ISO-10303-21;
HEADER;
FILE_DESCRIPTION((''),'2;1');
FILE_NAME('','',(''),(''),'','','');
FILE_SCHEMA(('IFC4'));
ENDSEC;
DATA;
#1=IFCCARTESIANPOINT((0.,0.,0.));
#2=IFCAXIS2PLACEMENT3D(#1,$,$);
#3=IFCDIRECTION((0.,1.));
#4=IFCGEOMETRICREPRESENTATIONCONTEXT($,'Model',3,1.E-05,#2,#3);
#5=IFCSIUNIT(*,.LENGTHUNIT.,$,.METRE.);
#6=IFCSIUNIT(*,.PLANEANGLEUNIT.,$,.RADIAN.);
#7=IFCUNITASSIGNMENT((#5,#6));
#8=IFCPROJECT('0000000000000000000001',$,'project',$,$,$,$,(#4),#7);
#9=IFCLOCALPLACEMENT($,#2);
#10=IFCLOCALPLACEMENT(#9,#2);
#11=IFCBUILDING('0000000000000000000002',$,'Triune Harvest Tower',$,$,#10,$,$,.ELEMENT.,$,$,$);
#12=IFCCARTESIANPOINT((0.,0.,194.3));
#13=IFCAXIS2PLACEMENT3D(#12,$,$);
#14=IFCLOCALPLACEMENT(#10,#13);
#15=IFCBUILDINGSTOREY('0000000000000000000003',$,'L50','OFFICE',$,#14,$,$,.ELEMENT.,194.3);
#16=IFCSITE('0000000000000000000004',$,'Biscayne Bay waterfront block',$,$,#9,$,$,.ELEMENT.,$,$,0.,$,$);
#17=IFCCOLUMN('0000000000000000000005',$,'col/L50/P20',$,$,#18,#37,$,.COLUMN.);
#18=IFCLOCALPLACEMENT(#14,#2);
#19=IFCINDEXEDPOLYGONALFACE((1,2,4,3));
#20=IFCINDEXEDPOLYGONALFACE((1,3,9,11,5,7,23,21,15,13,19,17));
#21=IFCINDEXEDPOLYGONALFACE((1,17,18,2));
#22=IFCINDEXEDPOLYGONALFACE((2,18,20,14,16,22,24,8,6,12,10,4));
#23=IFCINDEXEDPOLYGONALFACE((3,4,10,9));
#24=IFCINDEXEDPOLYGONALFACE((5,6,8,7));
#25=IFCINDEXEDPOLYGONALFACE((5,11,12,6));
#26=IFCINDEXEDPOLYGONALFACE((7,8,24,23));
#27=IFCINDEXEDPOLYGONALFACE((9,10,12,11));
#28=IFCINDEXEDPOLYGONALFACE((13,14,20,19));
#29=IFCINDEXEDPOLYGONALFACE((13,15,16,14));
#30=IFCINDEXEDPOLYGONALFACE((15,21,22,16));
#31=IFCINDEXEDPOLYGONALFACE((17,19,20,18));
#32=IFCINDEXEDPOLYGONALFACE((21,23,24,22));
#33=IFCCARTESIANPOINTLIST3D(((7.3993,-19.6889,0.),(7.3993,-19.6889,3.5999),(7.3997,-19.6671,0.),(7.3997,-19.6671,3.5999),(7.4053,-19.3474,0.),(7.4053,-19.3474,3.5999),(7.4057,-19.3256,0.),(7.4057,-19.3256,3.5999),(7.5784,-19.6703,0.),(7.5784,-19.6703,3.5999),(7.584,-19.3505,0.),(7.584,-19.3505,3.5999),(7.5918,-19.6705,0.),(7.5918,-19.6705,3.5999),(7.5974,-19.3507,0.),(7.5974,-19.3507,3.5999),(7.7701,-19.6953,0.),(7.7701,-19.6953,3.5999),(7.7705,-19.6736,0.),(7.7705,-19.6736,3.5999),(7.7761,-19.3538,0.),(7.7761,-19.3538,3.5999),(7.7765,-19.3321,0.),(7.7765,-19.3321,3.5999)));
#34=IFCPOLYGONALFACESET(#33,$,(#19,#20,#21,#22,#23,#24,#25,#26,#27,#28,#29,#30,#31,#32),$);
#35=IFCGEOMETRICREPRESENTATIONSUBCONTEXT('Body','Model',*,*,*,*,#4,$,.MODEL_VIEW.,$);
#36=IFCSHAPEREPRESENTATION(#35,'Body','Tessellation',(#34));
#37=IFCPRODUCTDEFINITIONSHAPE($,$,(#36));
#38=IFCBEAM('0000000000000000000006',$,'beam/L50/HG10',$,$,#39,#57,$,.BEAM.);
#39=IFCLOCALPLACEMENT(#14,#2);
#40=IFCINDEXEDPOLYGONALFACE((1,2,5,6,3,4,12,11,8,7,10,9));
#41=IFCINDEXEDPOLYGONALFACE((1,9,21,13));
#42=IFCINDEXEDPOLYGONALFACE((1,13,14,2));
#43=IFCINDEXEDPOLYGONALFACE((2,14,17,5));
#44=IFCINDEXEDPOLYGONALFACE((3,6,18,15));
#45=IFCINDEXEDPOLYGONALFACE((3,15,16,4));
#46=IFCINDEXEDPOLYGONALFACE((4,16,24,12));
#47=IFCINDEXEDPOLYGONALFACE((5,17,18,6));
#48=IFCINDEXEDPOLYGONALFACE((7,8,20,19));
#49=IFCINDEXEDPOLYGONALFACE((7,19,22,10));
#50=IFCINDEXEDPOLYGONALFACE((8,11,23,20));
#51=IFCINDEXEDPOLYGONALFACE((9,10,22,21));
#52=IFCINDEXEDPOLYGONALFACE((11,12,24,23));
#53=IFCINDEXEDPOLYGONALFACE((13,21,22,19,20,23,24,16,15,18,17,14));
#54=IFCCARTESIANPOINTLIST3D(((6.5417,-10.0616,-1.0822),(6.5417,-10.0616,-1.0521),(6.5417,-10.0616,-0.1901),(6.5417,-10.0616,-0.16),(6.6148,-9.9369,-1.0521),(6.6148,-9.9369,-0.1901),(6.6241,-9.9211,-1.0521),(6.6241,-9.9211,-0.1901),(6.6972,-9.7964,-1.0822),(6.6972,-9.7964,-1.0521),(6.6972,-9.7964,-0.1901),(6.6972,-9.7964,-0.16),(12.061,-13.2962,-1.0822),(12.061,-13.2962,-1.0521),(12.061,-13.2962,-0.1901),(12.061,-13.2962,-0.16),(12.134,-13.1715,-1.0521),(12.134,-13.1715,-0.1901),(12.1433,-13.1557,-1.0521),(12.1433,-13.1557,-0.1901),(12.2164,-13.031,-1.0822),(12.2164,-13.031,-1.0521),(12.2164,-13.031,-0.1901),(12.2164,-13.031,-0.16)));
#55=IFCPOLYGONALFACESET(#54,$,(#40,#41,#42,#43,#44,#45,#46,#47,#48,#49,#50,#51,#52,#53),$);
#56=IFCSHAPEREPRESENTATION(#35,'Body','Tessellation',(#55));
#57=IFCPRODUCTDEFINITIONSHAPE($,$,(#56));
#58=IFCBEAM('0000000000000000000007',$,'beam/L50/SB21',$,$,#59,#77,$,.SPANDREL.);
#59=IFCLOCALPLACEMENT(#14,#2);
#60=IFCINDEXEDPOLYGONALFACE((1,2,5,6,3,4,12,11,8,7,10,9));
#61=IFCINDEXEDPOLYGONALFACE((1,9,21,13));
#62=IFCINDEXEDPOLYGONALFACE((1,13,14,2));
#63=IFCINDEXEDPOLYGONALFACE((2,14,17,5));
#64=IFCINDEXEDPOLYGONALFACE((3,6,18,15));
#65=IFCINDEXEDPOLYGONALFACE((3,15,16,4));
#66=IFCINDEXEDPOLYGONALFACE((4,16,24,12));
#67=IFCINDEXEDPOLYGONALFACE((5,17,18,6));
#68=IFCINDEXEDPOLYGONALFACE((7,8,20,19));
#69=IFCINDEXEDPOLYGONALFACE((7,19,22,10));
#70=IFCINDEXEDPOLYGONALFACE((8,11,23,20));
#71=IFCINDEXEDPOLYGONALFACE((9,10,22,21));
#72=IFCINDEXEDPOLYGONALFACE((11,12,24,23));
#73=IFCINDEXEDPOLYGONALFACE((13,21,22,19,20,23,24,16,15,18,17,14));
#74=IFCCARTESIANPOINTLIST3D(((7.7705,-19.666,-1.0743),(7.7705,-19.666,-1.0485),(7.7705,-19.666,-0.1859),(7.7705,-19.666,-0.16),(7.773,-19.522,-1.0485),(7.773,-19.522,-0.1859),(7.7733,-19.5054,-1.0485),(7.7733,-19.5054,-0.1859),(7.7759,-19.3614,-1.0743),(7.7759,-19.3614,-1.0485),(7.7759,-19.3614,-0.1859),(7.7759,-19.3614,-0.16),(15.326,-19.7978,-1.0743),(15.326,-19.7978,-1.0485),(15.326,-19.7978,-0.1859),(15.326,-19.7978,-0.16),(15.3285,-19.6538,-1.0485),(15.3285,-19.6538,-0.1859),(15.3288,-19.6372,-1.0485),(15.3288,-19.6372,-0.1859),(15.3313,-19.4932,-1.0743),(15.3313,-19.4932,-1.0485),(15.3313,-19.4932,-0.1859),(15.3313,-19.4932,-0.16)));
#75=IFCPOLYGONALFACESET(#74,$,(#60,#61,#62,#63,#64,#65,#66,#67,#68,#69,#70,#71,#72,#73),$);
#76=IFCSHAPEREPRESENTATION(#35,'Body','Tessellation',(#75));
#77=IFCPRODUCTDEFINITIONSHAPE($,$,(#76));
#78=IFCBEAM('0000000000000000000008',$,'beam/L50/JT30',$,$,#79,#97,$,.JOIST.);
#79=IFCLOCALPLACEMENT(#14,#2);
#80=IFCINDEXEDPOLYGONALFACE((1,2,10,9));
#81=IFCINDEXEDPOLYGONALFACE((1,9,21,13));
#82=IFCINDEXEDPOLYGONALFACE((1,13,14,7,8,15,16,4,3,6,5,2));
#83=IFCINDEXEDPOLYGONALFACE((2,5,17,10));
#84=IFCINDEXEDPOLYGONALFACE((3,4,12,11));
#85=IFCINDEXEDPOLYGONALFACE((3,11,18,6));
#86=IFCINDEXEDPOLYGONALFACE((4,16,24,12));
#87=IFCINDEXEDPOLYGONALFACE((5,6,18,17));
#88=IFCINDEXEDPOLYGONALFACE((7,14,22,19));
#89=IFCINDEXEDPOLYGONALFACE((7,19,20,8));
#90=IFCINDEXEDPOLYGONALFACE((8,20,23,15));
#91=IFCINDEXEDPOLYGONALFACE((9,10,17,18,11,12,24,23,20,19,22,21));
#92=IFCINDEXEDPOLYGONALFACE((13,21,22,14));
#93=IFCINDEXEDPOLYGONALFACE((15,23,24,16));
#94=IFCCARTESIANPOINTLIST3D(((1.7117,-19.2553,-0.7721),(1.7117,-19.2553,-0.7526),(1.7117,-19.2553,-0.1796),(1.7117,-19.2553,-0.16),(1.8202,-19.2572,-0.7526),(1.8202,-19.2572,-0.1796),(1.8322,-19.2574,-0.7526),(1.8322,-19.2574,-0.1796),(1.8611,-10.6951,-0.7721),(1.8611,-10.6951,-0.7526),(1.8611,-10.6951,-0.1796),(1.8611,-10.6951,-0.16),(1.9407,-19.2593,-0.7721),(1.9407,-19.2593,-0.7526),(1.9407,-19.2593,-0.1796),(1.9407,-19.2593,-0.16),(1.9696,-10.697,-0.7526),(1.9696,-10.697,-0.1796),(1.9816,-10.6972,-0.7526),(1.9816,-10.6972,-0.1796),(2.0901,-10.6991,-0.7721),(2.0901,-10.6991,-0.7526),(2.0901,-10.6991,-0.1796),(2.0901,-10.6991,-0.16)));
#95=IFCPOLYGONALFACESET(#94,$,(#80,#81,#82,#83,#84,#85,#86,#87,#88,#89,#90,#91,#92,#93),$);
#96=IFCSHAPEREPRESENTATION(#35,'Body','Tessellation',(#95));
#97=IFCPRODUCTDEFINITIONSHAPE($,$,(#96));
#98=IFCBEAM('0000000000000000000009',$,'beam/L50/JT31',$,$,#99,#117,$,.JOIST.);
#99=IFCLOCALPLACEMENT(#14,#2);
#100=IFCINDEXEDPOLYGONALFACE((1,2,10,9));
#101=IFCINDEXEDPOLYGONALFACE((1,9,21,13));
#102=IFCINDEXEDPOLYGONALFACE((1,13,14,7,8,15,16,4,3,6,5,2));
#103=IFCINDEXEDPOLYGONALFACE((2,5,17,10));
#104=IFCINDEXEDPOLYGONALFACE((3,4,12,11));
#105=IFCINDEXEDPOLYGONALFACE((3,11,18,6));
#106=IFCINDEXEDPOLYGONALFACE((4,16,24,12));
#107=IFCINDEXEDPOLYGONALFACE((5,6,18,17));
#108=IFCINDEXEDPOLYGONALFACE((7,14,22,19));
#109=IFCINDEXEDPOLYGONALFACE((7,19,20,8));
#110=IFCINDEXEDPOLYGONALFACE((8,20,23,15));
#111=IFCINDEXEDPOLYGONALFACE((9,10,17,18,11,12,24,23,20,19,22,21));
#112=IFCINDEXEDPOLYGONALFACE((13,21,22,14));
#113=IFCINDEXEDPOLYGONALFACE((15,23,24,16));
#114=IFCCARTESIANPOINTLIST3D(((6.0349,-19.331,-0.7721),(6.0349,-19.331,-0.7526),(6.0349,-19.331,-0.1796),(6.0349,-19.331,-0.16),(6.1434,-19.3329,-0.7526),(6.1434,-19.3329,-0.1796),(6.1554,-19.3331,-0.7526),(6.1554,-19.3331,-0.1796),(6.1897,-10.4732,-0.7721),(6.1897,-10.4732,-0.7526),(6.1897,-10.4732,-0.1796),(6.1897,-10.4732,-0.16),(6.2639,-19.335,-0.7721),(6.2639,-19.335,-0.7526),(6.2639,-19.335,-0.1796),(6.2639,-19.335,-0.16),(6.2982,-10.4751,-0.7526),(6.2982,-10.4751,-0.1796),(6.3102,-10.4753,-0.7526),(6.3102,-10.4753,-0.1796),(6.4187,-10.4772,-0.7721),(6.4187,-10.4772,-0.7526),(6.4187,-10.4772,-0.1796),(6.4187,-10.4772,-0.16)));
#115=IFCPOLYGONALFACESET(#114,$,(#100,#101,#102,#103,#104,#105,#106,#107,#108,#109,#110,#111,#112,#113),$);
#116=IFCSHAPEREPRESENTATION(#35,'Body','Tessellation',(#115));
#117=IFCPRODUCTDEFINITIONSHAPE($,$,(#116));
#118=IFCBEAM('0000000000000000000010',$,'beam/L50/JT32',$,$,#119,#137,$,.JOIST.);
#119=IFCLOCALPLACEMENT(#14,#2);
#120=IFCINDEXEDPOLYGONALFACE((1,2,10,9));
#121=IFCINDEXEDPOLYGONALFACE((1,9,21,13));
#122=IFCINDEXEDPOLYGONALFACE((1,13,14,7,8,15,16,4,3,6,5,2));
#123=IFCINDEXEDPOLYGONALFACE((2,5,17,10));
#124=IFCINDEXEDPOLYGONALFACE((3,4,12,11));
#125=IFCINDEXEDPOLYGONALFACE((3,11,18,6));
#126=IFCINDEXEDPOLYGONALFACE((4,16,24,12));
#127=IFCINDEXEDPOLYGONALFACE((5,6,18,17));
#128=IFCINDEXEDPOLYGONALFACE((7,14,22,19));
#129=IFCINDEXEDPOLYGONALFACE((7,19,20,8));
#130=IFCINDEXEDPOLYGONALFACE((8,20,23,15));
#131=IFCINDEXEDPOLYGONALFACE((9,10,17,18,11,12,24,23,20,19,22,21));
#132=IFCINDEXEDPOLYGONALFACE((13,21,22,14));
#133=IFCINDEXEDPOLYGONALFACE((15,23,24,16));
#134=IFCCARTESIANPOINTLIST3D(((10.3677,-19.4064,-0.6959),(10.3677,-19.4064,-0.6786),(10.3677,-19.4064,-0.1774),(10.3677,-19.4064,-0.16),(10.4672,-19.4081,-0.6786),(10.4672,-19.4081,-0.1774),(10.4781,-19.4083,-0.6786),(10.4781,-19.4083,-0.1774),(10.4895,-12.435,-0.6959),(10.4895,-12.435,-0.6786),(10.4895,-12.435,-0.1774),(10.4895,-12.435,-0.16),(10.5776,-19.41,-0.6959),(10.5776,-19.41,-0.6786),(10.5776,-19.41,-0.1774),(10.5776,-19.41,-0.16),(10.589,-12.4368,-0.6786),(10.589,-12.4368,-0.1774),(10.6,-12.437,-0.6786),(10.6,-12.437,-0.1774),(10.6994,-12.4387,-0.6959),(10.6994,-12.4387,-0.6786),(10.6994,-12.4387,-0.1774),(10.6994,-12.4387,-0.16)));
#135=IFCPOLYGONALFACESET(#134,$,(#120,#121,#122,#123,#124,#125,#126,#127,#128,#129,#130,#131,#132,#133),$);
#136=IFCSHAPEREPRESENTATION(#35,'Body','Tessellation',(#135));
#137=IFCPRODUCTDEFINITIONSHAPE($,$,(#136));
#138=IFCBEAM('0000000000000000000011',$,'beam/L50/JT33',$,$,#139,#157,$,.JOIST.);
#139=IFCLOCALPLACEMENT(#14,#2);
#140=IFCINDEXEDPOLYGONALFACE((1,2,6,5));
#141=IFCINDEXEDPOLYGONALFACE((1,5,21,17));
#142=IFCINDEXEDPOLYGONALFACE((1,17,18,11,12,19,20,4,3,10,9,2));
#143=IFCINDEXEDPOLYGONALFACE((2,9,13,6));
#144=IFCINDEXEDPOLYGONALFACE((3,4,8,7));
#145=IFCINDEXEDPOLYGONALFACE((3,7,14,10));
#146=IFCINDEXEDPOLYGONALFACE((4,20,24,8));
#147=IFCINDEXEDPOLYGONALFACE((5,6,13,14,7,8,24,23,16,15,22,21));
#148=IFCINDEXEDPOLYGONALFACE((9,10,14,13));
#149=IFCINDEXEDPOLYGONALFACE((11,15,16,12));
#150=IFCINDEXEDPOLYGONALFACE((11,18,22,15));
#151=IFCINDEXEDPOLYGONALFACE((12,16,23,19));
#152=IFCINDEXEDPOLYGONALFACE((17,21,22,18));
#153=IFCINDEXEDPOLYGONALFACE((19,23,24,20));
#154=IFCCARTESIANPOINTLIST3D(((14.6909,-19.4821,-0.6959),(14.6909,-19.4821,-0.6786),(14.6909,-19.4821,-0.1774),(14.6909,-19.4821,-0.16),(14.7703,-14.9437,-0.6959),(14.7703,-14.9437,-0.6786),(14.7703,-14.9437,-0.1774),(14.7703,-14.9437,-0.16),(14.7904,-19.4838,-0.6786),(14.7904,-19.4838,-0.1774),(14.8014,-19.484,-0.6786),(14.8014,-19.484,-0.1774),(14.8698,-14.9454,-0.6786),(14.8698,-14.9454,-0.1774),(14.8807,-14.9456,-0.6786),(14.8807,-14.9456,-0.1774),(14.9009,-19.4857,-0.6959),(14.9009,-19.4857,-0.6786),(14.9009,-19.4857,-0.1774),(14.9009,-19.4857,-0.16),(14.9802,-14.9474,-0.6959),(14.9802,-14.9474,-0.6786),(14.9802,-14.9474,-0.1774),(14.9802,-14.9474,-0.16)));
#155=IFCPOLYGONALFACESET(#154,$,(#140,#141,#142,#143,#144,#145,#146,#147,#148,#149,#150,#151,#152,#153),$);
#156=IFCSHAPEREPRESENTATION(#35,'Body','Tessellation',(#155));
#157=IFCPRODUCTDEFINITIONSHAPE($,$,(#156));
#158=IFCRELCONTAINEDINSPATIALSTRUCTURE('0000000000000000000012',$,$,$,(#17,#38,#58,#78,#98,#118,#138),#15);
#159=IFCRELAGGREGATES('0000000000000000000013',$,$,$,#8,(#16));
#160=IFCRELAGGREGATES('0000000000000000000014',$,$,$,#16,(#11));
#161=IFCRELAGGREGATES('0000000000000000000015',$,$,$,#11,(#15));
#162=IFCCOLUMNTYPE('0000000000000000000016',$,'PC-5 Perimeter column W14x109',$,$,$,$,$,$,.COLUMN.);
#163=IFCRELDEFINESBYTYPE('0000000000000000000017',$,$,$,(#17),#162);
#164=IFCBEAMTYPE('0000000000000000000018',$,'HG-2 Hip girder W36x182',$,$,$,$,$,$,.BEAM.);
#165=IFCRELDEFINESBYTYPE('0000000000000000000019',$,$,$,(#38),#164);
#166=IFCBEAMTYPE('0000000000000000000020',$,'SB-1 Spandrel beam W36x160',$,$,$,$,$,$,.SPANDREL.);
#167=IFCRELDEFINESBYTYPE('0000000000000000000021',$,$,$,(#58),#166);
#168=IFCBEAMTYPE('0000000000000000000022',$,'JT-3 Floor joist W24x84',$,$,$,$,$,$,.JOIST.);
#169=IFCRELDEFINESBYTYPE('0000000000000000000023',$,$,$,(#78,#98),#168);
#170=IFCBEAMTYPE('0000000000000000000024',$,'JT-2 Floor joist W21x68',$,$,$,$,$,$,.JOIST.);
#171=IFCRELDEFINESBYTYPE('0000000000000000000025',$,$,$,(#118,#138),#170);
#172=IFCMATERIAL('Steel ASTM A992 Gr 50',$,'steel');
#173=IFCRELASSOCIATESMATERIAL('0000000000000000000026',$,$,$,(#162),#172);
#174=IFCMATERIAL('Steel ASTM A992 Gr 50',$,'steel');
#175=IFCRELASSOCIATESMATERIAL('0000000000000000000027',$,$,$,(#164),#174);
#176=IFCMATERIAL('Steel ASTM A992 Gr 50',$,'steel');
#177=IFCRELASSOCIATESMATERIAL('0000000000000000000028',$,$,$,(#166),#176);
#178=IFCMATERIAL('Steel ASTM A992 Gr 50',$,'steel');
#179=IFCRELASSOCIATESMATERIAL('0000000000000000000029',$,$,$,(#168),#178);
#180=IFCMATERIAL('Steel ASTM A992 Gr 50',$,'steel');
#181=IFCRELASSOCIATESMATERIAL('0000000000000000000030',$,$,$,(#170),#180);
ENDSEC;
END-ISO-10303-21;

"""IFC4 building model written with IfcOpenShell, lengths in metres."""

from ifc_helpers import new_model, si_unit, direction, frame, origin, origin_2d, place, context, subcontext, project, spatial, i_section, extrude, source, transform, mapped, material, material_profile, profile_set, type_object, element, save


model = new_model("IFC4")

# Units and contexts
model_context = context("Model", 3, precision=1e-05, world=origin(), true_north=direction((0.0, 1.0)))
body_context = subcontext(model_context, "Body", "Model", "MODEL_VIEW")
ifc_project = project(units=[si_unit("LENGTHUNIT", "METRE"), si_unit("PLANEANGLEUNIT", "RADIAN")], contexts=[model_context])

# Site, building, storey
site_placement = place(None, origin())
site = spatial("IfcSite", under=ifc_project, at=site_placement, Name="Biscayne Bay waterfront block", CompositionType="ELEMENT", RefElevation=0.0)
building_placement = place(site_placement, origin())
building = spatial("IfcBuilding", under=site, at=building_placement, Name="Triune Harvest Tower", CompositionType="ELEMENT")
storey_placement = place(building_placement, frame((0.0, 0.0, 194.3)))
storey = spatial("IfcBuildingStorey", under=building, at=storey_placement, Name="L50", Description="OFFICE", CompositionType="ELEMENT", Elevation=194.3)

# Column
ifc_material_1 = material(Name="Steel ASTM A992 Gr 50", Category="steel")
ifc_material_profile_1 = material_profile(ifc_material_1, i_section(OverallWidth=0.3708, OverallDepth=0.3633, WebThickness=0.0134, FlangeThickness=0.0217, at=origin_2d()), Name="W14x109")
ifc_profile_set_1 = profile_set([ifc_material_profile_1], Name="Steel ASTM A992 Gr 50")
column_type = type_object("IfcColumnType", Name="PC-5 Perimeter column W14x109", PredefinedType="COLUMN", material=ifc_profile_set_1)
shared_shape_1 = source(origin(), body_context, "Body", "SweptSolid", [
    extrude(i_section(OverallWidth=0.3708, OverallDepth=0.3633, WebThickness=0.0134, FlangeThickness=0.0217, at=origin_2d()), origin(), (0.0, 0.0, 1.0), 3.5999),
])
column_placement = place(storey_placement, frame((7.5879, -19.5105, 0.0), z_axis=(0.0, 0.0, 1.0), x_axis=(0.999848, -0.017452, 0.0)))
element("IfcColumn", 1, at=column_placement, inside=storey, type_object=column_type, Name="col/L50/P20", PredefinedType="COLUMN", context=body_context, shape_type="MappedRepresentation", body=[
    mapped(shared_shape_1, transform((0.0, 0.0, 0.0), scale=1.0)),
])

# Beams
ifc_material_2 = material(Name="Steel ASTM A992 Gr 50", Category="steel")
ifc_material_profile_2 = material_profile(ifc_material_2, i_section(OverallWidth=0.3074, OverallDepth=0.9221, WebThickness=0.0183, FlangeThickness=0.03, at=origin_2d()), Name="W36x182")
ifc_profile_set_2 = profile_set([ifc_material_profile_2], Name="Steel ASTM A992 Gr 50")
beam_type_1 = type_object("IfcBeamType", Name="HG-2 Hip girder W36x182", PredefinedType="BEAM", material=ifc_profile_set_2)
shared_shape_2 = source(origin(), body_context, "Body", "SweptSolid", [
    extrude(i_section(OverallWidth=0.3074, OverallDepth=0.9221, WebThickness=0.0183, FlangeThickness=0.03, at=origin_2d()), origin(), (0.0, 0.0, 1.0), 6.3972),
])
beam_1_placement = place(storey_placement, frame((12.1387, -13.1636, -0.6211), z_axis=(-0.862754, 0.505624, 0.0), x_axis=(-0.505624, -0.862754, 0.0)))
element("IfcBeam", 2, at=beam_1_placement, inside=storey, type_object=beam_type_1, Name="beam/L50/HG10", PredefinedType="BEAM", context=body_context, shape_type="MappedRepresentation", body=[
    mapped(shared_shape_2, transform((0.0, 0.0, 0.0), scale=1.0)),
])
ifc_material_3 = material(Name="Steel ASTM A992 Gr 50", Category="steel")
ifc_material_profile_3 = material_profile(ifc_material_3, i_section(OverallWidth=0.3047, OverallDepth=0.9143, WebThickness=0.0166, FlangeThickness=0.0259, at=origin_2d()), Name="W36x160")
ifc_profile_set_3 = profile_set([ifc_material_profile_3], Name="Steel ASTM A992 Gr 50")
beam_type_2 = type_object("IfcBeamType", Name="SB-1 Spandrel beam W36x160", PredefinedType="SPANDREL", material=ifc_profile_set_3)
shared_shape_3 = source(origin(), body_context, "Body", "SweptSolid", [
    extrude(i_section(OverallWidth=0.3047, OverallDepth=0.9143, WebThickness=0.0166, FlangeThickness=0.0259, at=origin_2d()), origin(), (0.0, 0.0, 1.0), 7.5566),
])
beam_2_placement = place(storey_placement, frame((7.7732, -19.5137, -0.6172), z_axis=(0.999848, -0.017447, 0.0), x_axis=(0.017447, 0.999848, 0.0)))
element("IfcBeam", 3, at=beam_2_placement, inside=storey, type_object=beam_type_2, Name="beam/L50/SB21", PredefinedType="SPANDREL", context=body_context, shape_type="MappedRepresentation", body=[
    mapped(shared_shape_3, transform((0.0, 0.0, 0.0), scale=1.0)),
])
ifc_material_4 = material(Name="Steel ASTM A992 Gr 50", Category="steel")
ifc_material_profile_4 = material_profile(ifc_material_4, i_section(OverallWidth=0.229, OverallDepth=0.6121, WebThickness=0.012, FlangeThickness=0.0195, at=origin_2d()), Name="W24x84")
ifc_profile_set_4 = profile_set([ifc_material_profile_4], Name="Steel ASTM A992 Gr 50")
beam_type_3 = type_object("IfcBeamType", Name="JT-3 Floor joist W24x84", PredefinedType="JOIST", material=ifc_profile_set_4)
shared_shape_4 = source(origin(), body_context, "Body", "SweptSolid", [
    extrude(i_section(OverallWidth=0.229, OverallDepth=0.6121, WebThickness=0.012, FlangeThickness=0.0195, at=origin_2d()), origin(), (0.0, 0.0, 1.0), 8.5615),
])
beam_3_placement = place(storey_placement, frame((1.8262, -19.2573, -0.4661), z_axis=(0.017452, 0.999848, 0.0), x_axis=(-0.999848, 0.017452, 0.0)))
element("IfcBeam", 4, at=beam_3_placement, inside=storey, type_object=beam_type_3, Name="beam/L50/JT30", PredefinedType="JOIST", context=body_context, shape_type="MappedRepresentation", body=[
    mapped(shared_shape_4, transform((0.0, 0.0, 0.0), scale=1.0)),
])
shared_shape_5 = source(origin(), body_context, "Body", "SweptSolid", [
    extrude(i_section(OverallWidth=0.229, OverallDepth=0.6121, WebThickness=0.012, FlangeThickness=0.0195, at=origin_2d()), origin(), (0.0, 0.0, 1.0), 8.8591),
])
beam_4_placement = place(storey_placement, frame((6.1494, -19.333, -0.4661), z_axis=(0.017472, 0.999847, 0.0), x_axis=(-0.999847, 0.017472, 0.0)))
element("IfcBeam", 5, at=beam_4_placement, inside=storey, type_object=beam_type_3, Name="beam/L50/JT31", PredefinedType="JOIST", context=body_context, shape_type="MappedRepresentation", body=[
    mapped(shared_shape_5, transform((0.0, 0.0, 0.0), scale=1.0)),
])
ifc_material_5 = material(Name="Steel ASTM A992 Gr 50", Category="steel")
ifc_material_profile_5 = material_profile(ifc_material_5, i_section(OverallWidth=0.21, OverallDepth=0.5359, WebThickness=0.011, FlangeThickness=0.0173, at=origin_2d()), Name="W21x68")
ifc_profile_set_5 = profile_set([ifc_material_profile_5], Name="Steel ASTM A992 Gr 50")
beam_type_4 = type_object("IfcBeamType", Name="JT-2 Floor joist W21x68", PredefinedType="JOIST", material=ifc_profile_set_5)
shared_shape_6 = source(origin(), body_context, "Body", "SweptSolid", [
    extrude(i_section(OverallWidth=0.21, OverallDepth=0.5359, WebThickness=0.011, FlangeThickness=0.0173, at=origin_2d()), origin(), (0.0, 0.0, 1.0), 6.9724),
])
beam_5_placement = place(storey_placement, frame((10.4727, -19.4082, -0.428), z_axis=(0.017472, 0.999847, 0.0), x_axis=(-0.999847, 0.017472, 0.0)))
element("IfcBeam", 6, at=beam_5_placement, inside=storey, type_object=beam_type_4, Name="beam/L50/JT32", PredefinedType="JOIST", context=body_context, shape_type="MappedRepresentation", body=[
    mapped(shared_shape_6, transform((0.0, 0.0, 0.0), scale=1.0)),
])
shared_shape_7 = source(origin(), body_context, "Body", "SweptSolid", [
    extrude(i_section(OverallWidth=0.21, OverallDepth=0.5359, WebThickness=0.011, FlangeThickness=0.0173, at=origin_2d()), origin(), (0.0, 0.0, 1.0), 4.5391),
])
beam_6_placement = place(storey_placement, frame((14.7959, -19.4839, -0.428), z_axis=(0.017481, 0.999847, 0.0), x_axis=(-0.999847, 0.017481, 0.0)))
element("IfcBeam", 7, at=beam_6_placement, inside=storey, type_object=beam_type_4, Name="beam/L50/JT33", PredefinedType="JOIST", context=body_context, shape_type="MappedRepresentation", body=[
    mapped(shared_shape_7, transform((0.0, 0.0, 0.0), scale=1.0)),
])

save(model, "model.ifc")
